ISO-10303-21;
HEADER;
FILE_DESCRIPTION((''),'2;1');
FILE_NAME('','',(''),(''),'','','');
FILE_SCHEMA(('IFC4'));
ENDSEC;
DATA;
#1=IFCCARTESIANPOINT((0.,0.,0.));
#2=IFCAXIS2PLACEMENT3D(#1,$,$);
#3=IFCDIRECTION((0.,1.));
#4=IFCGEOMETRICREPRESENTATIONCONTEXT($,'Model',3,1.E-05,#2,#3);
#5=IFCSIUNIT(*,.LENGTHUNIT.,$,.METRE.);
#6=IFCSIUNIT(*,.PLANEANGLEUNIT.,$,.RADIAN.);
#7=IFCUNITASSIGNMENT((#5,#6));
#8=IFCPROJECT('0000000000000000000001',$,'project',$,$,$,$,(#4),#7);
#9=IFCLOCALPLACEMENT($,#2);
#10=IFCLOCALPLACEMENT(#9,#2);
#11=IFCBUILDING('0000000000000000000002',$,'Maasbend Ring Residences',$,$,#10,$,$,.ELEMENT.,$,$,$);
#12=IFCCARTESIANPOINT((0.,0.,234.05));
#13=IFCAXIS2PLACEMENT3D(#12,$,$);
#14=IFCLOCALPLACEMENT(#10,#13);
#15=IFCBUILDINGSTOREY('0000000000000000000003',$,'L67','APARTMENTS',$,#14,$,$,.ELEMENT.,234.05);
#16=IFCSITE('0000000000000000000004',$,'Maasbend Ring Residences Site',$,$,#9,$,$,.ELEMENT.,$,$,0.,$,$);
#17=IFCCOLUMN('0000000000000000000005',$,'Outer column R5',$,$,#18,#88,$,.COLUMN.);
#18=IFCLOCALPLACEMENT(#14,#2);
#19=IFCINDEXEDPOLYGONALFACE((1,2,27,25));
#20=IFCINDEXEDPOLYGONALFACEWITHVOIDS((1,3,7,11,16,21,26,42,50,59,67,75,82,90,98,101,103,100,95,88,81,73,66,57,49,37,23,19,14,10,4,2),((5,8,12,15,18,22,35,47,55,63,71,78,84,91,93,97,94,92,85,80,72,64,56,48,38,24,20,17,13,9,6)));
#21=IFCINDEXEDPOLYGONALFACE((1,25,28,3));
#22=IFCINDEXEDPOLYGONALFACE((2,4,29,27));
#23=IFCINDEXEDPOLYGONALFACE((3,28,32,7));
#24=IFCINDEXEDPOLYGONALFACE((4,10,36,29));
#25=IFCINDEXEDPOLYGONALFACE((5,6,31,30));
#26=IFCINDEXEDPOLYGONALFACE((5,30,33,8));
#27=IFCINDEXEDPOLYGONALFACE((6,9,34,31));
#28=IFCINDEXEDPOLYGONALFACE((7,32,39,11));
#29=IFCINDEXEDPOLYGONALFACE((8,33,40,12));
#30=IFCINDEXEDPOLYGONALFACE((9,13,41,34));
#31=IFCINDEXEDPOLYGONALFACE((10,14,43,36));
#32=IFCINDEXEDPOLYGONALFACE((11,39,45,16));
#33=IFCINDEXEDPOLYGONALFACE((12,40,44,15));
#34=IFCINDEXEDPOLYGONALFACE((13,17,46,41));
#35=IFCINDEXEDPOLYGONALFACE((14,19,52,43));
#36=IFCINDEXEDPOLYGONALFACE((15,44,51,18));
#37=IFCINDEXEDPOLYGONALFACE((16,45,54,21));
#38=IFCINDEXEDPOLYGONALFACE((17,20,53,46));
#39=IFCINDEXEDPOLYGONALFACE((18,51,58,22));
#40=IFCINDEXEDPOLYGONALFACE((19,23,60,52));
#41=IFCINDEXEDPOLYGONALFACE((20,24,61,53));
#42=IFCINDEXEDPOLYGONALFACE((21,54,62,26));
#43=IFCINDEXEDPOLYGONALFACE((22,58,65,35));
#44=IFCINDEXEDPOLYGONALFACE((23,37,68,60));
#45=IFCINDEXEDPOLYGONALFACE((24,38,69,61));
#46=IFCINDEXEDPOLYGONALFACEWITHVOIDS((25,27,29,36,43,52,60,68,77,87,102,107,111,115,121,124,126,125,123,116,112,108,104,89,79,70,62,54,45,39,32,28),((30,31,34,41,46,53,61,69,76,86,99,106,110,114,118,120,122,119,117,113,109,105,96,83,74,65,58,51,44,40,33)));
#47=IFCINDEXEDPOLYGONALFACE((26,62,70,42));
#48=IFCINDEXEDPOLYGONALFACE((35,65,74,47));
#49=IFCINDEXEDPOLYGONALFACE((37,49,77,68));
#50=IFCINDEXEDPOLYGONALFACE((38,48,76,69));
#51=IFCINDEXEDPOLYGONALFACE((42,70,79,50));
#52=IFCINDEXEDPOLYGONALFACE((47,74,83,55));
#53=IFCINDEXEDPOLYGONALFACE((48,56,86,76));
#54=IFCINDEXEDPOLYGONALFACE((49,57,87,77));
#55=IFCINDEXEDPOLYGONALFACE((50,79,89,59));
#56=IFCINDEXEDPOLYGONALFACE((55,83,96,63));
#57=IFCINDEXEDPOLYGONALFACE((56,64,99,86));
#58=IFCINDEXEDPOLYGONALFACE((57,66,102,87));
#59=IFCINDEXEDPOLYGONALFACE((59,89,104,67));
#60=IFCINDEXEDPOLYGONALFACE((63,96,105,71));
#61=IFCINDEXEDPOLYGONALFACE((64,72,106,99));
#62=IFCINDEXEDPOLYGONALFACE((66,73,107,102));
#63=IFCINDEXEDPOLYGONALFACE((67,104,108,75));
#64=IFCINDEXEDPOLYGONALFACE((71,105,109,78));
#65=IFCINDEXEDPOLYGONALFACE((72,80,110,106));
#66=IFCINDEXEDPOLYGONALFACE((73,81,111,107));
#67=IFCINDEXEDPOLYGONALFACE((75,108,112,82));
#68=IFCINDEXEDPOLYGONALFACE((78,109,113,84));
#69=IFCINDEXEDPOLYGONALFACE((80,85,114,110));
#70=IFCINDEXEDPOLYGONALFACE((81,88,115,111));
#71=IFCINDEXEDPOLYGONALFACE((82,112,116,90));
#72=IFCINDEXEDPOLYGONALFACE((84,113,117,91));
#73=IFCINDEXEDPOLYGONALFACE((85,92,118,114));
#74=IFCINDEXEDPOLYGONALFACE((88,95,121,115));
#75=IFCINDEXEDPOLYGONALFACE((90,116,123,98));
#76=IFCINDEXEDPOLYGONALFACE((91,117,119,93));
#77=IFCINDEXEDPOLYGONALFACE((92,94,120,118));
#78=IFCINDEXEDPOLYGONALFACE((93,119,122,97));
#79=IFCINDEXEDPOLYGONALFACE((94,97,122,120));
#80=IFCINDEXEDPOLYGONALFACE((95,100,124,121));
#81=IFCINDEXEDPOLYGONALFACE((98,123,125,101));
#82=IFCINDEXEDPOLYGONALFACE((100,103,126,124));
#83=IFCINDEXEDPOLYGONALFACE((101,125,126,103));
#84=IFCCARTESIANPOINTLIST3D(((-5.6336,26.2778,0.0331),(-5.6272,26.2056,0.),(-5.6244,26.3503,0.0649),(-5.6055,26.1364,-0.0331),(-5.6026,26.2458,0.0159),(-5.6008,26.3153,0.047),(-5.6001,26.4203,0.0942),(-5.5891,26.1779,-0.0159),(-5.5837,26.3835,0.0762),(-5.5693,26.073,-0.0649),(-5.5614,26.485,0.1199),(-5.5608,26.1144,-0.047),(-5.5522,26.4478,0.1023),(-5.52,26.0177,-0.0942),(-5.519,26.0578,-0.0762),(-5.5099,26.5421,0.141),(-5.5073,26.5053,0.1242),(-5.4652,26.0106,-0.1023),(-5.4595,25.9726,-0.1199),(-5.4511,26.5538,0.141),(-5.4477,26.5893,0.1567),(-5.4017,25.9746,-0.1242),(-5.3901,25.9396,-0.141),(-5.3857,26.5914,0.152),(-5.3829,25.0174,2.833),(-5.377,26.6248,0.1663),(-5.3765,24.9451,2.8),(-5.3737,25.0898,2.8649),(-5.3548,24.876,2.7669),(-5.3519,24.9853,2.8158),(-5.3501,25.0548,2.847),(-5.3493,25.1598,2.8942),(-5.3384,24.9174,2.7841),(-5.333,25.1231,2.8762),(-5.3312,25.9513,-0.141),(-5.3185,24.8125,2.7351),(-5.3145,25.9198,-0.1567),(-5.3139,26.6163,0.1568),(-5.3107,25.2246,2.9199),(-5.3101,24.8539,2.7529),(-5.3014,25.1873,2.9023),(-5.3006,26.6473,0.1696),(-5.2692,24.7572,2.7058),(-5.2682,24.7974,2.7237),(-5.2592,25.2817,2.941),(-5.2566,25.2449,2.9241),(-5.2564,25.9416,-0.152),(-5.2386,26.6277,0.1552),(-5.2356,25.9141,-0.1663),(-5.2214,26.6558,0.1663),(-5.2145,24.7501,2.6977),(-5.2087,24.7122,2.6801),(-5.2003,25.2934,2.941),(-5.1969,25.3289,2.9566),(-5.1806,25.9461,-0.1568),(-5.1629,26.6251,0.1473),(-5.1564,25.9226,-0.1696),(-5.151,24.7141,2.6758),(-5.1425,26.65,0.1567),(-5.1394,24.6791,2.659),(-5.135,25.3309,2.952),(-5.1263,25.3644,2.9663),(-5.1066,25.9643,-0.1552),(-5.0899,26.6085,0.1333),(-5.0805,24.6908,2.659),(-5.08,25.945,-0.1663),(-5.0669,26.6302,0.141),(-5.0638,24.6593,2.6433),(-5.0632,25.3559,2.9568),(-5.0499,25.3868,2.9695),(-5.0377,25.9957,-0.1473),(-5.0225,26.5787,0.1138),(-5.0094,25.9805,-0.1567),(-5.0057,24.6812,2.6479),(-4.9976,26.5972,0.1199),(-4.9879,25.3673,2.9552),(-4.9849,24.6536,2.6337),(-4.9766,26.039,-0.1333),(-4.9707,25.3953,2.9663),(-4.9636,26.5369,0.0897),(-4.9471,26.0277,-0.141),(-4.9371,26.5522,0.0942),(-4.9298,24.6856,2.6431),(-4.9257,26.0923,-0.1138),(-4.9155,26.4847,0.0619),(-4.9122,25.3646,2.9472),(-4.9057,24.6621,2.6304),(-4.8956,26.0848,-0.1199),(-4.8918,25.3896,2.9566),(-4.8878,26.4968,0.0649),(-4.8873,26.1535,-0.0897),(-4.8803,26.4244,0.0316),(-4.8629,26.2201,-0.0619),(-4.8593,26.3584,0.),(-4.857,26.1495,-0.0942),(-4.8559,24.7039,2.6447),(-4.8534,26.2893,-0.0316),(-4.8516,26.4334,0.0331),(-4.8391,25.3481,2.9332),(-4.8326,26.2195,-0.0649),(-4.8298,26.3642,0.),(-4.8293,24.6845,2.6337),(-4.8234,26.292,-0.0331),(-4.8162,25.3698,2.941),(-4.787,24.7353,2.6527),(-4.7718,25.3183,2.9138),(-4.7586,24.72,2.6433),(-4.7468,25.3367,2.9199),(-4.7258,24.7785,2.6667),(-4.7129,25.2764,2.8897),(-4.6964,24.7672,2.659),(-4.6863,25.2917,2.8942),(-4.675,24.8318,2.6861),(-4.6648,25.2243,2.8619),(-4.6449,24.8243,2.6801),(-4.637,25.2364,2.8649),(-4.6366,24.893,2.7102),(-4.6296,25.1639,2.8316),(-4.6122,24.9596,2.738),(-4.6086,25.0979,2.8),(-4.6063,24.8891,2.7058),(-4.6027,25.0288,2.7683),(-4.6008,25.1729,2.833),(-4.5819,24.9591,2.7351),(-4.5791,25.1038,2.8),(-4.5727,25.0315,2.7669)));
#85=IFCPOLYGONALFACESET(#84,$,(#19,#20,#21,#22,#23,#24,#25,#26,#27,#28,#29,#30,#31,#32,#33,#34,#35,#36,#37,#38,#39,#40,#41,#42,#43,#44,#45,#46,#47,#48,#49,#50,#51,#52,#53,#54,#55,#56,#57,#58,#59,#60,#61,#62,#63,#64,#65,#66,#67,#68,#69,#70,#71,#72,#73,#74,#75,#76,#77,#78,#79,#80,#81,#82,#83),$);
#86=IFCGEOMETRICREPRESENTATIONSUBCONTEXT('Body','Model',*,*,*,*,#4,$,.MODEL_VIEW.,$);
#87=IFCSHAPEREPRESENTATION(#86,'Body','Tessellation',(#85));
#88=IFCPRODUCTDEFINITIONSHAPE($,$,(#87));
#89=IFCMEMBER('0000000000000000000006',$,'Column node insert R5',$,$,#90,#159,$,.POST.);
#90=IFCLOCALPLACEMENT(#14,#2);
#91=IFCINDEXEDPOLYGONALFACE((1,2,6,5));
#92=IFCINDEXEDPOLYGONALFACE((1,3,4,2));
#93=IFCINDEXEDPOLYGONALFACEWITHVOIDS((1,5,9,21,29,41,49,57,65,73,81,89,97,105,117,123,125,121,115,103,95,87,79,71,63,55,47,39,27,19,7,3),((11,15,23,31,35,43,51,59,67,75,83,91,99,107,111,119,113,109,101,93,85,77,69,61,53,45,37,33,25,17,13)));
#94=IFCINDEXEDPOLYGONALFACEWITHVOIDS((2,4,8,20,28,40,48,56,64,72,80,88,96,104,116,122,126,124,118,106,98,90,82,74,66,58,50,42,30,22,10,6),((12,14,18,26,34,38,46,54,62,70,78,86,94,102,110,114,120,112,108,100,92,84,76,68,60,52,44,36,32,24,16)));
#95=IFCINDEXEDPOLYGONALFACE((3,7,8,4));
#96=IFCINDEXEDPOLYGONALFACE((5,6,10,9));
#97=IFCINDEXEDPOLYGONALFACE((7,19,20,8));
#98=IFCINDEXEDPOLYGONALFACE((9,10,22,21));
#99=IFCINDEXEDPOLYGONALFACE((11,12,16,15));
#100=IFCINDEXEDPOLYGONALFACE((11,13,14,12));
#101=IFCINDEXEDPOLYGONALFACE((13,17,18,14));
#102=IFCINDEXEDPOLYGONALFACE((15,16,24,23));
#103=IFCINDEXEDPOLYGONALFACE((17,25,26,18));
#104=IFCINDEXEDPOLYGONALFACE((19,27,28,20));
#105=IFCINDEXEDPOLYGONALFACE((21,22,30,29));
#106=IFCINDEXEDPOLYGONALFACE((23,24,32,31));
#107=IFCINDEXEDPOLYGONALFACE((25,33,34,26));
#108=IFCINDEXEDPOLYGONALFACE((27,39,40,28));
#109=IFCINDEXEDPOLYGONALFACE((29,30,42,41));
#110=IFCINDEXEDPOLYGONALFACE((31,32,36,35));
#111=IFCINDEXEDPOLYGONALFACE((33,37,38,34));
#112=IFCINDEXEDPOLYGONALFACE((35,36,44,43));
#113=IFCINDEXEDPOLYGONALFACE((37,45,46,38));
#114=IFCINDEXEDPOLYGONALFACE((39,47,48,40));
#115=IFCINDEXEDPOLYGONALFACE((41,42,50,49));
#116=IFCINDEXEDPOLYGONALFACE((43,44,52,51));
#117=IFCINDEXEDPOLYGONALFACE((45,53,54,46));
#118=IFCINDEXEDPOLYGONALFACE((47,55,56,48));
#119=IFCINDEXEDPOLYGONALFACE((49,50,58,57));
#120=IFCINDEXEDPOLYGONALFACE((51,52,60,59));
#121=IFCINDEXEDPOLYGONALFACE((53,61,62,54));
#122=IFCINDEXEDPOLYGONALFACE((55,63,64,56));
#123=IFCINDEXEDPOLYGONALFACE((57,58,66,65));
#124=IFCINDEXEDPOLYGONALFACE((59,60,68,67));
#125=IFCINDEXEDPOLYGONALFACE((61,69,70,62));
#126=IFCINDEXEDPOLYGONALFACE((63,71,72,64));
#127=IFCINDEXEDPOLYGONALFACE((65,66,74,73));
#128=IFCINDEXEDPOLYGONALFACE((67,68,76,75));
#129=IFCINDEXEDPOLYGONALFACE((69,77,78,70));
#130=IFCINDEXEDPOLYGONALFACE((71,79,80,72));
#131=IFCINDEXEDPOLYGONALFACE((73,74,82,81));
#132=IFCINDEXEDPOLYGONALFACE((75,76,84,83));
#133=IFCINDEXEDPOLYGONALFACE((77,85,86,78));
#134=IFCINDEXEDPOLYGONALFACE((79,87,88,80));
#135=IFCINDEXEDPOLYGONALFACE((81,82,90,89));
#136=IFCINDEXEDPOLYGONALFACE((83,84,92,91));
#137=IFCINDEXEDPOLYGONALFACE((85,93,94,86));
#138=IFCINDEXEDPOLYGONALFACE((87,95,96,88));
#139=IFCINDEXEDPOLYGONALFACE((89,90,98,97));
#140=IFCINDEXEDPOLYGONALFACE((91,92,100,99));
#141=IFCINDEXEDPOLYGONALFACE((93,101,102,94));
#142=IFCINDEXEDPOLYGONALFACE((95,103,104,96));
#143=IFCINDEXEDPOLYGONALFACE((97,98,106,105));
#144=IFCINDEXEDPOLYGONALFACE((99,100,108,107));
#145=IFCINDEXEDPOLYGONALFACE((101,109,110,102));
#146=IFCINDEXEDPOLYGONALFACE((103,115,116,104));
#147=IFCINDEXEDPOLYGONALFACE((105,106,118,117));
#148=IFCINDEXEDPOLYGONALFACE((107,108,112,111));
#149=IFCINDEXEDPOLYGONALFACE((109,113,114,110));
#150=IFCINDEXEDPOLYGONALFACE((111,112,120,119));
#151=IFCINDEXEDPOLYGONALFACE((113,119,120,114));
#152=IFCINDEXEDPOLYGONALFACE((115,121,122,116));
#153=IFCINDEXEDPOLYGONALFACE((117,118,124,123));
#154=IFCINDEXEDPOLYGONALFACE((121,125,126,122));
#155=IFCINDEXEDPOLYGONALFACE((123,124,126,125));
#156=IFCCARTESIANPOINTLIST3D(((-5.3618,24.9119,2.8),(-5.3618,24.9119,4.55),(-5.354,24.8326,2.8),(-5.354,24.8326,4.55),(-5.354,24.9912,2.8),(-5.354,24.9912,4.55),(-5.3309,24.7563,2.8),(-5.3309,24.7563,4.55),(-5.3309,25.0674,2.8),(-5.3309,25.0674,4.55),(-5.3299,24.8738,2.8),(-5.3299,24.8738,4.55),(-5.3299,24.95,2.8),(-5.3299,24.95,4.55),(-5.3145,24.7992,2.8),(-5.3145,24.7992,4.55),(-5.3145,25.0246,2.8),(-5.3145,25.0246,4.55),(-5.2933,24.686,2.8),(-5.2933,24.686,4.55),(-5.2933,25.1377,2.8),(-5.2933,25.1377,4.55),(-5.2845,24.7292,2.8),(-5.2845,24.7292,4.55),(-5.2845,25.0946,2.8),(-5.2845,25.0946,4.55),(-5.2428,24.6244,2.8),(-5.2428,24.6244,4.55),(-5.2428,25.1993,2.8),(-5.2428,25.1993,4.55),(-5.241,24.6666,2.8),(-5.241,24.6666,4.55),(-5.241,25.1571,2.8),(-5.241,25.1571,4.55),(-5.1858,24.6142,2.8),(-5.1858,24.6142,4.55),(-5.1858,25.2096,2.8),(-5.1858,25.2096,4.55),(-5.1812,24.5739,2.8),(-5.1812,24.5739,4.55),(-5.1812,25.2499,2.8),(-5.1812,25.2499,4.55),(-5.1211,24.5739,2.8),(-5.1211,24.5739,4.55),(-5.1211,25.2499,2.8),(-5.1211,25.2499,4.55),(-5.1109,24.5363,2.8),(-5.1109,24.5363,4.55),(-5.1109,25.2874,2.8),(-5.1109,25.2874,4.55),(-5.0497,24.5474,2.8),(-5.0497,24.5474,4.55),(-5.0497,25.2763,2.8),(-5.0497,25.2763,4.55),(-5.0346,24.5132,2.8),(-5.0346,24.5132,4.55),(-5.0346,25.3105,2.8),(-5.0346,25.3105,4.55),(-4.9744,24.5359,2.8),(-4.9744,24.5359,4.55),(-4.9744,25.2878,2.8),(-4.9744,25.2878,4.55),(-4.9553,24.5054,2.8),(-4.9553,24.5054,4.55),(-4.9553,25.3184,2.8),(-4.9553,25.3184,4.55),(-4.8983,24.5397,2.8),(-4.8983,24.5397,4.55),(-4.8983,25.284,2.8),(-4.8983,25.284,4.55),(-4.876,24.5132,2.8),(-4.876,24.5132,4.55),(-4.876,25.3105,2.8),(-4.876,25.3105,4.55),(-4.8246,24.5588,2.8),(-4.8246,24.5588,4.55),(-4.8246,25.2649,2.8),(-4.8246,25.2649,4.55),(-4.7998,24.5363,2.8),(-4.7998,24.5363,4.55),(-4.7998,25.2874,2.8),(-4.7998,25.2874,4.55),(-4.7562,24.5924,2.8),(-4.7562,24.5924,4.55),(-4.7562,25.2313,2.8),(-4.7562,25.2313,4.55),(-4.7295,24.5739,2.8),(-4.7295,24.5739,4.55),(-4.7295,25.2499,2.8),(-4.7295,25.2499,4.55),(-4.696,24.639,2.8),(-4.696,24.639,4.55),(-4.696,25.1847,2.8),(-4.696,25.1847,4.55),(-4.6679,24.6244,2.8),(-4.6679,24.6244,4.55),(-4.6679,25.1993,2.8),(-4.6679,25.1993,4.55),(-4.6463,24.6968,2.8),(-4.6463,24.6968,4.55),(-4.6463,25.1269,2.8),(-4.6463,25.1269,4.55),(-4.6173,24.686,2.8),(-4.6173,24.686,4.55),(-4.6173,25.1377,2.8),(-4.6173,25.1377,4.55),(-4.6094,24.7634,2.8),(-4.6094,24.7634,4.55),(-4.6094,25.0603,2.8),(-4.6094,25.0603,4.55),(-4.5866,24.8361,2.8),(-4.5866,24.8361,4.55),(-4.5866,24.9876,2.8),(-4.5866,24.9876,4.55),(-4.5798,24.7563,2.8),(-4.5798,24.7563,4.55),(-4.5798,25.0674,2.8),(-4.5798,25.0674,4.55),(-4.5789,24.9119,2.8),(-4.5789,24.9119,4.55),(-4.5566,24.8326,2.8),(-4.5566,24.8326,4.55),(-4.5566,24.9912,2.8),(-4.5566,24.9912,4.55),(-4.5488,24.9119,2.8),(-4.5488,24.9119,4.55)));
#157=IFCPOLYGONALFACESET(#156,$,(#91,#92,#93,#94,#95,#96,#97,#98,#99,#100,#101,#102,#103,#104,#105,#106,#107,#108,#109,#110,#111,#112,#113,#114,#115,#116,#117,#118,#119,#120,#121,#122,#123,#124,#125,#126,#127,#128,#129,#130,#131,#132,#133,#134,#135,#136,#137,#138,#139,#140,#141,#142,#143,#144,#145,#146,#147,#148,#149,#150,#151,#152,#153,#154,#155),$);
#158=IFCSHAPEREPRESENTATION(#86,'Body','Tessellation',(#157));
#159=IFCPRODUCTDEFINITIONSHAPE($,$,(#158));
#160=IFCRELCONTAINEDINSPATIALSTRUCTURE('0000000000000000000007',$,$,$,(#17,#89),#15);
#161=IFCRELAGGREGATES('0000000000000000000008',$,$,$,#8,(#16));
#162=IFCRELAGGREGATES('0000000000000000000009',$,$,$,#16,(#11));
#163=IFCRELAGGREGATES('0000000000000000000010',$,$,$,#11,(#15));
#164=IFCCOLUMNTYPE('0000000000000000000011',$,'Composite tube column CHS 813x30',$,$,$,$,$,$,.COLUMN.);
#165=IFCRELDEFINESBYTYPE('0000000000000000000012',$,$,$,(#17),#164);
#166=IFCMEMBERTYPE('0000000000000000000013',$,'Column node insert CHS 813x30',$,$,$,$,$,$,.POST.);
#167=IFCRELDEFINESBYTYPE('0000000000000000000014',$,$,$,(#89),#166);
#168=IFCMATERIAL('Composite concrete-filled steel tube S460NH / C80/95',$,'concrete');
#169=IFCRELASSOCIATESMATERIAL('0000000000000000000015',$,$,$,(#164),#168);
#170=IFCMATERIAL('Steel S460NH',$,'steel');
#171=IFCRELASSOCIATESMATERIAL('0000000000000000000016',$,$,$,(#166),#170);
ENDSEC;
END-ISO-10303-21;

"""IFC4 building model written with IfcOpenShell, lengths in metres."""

from ifc_helpers import new_model, si_unit, direction, frame, origin, origin_2d, place, context, subcontext, project, spatial, hollow_circle, extrude, material, material_profile, profile_set, type_object, element, save


model = new_model("IFC4")

# Units and contexts
model_context = context("Model", 3, precision=1e-05, world=origin(), true_north=direction((0.0, 1.0)))
body_context = subcontext(model_context, "Body", "Model", "MODEL_VIEW")
ifc_project = project(units=[si_unit("LENGTHUNIT", "METRE"), si_unit("PLANEANGLEUNIT", "RADIAN")], contexts=[model_context])

# Site, building, storey
site_placement = place(None, origin())
site = spatial("IfcSite", under=ifc_project, at=site_placement, Name="Maasbend Ring Residences Site", CompositionType="ELEMENT", RefElevation=0.0)
building_placement = place(site_placement, origin())
building = spatial("IfcBuilding", under=site, at=building_placement, Name="Maasbend Ring Residences", CompositionType="ELEMENT")
storey_placement = place(building_placement, frame((0.0, 0.0, 234.05)))
storey = spatial("IfcBuildingStorey", under=building, at=storey_placement, Name="L67", Description="APARTMENTS", CompositionType="ELEMENT", Elevation=234.05)

# Column
ifc_material_1 = material(Name="Composite concrete-filled steel tube S460NH / C80/95", Category="concrete")
ifc_material_profile_1 = material_profile(ifc_material_1, hollow_circle(Radius=0.4065, WallThickness=0.03, at=origin_2d()), Name="Composite tube column CHS 813x30")
ifc_profile_set_1 = profile_set([ifc_material_profile_1], Name="Composite concrete-filled steel tube S460NH / C80/95")
column_type = type_object("IfcColumnType", Name="Composite tube column CHS 813x30", PredefinedType="COLUMN", material=ifc_profile_set_1)
column_placement = place(storey_placement, frame((-5.2285, 26.2849, 0.0), z_axis=(0.081383, -0.409132, 0.908839), x_axis=(0.980785, 0.195093, 0.0)))
element("IfcColumn", 1, at=column_placement, inside=storey, type_object=column_type, Name="Outer column R5", PredefinedType="COLUMN", context=body_context, shape_type="SweptSolid", body=[
    extrude(hollow_circle(Radius=0.4065, WallThickness=0.03, at=origin_2d()), origin(), (0.0, 0.0, 1.0), 3.0808),
])

# Member
ifc_material_2 = material(Name="Steel S460NH", Category="steel")
ifc_material_profile_2 = material_profile(ifc_material_2, hollow_circle(Radius=0.4065, WallThickness=0.03, at=origin_2d()), Name="Column node insert CHS 813x30")
ifc_profile_set_2 = profile_set([ifc_material_profile_2], Name="Steel S460NH")
member_type = type_object("IfcMemberType", Name="Column node insert CHS 813x30", PredefinedType="POST", material=ifc_profile_set_2)
member_placement = place(storey_placement, frame((-4.9553, 24.9119, 2.8), z_axis=(0.0, 0.0, 1.0), x_axis=(1.0, 0.0, 0.0)))
element("IfcMember", 2, at=member_placement, inside=storey, type_object=member_type, Name="Column node insert R5", PredefinedType="POST", context=body_context, shape_type="SweptSolid", body=[
    extrude(hollow_circle(Radius=0.4065, WallThickness=0.03, at=origin_2d()), origin(), (0.0, 0.0, 1.0), 1.75),
])

save(model, "model.ifc")
